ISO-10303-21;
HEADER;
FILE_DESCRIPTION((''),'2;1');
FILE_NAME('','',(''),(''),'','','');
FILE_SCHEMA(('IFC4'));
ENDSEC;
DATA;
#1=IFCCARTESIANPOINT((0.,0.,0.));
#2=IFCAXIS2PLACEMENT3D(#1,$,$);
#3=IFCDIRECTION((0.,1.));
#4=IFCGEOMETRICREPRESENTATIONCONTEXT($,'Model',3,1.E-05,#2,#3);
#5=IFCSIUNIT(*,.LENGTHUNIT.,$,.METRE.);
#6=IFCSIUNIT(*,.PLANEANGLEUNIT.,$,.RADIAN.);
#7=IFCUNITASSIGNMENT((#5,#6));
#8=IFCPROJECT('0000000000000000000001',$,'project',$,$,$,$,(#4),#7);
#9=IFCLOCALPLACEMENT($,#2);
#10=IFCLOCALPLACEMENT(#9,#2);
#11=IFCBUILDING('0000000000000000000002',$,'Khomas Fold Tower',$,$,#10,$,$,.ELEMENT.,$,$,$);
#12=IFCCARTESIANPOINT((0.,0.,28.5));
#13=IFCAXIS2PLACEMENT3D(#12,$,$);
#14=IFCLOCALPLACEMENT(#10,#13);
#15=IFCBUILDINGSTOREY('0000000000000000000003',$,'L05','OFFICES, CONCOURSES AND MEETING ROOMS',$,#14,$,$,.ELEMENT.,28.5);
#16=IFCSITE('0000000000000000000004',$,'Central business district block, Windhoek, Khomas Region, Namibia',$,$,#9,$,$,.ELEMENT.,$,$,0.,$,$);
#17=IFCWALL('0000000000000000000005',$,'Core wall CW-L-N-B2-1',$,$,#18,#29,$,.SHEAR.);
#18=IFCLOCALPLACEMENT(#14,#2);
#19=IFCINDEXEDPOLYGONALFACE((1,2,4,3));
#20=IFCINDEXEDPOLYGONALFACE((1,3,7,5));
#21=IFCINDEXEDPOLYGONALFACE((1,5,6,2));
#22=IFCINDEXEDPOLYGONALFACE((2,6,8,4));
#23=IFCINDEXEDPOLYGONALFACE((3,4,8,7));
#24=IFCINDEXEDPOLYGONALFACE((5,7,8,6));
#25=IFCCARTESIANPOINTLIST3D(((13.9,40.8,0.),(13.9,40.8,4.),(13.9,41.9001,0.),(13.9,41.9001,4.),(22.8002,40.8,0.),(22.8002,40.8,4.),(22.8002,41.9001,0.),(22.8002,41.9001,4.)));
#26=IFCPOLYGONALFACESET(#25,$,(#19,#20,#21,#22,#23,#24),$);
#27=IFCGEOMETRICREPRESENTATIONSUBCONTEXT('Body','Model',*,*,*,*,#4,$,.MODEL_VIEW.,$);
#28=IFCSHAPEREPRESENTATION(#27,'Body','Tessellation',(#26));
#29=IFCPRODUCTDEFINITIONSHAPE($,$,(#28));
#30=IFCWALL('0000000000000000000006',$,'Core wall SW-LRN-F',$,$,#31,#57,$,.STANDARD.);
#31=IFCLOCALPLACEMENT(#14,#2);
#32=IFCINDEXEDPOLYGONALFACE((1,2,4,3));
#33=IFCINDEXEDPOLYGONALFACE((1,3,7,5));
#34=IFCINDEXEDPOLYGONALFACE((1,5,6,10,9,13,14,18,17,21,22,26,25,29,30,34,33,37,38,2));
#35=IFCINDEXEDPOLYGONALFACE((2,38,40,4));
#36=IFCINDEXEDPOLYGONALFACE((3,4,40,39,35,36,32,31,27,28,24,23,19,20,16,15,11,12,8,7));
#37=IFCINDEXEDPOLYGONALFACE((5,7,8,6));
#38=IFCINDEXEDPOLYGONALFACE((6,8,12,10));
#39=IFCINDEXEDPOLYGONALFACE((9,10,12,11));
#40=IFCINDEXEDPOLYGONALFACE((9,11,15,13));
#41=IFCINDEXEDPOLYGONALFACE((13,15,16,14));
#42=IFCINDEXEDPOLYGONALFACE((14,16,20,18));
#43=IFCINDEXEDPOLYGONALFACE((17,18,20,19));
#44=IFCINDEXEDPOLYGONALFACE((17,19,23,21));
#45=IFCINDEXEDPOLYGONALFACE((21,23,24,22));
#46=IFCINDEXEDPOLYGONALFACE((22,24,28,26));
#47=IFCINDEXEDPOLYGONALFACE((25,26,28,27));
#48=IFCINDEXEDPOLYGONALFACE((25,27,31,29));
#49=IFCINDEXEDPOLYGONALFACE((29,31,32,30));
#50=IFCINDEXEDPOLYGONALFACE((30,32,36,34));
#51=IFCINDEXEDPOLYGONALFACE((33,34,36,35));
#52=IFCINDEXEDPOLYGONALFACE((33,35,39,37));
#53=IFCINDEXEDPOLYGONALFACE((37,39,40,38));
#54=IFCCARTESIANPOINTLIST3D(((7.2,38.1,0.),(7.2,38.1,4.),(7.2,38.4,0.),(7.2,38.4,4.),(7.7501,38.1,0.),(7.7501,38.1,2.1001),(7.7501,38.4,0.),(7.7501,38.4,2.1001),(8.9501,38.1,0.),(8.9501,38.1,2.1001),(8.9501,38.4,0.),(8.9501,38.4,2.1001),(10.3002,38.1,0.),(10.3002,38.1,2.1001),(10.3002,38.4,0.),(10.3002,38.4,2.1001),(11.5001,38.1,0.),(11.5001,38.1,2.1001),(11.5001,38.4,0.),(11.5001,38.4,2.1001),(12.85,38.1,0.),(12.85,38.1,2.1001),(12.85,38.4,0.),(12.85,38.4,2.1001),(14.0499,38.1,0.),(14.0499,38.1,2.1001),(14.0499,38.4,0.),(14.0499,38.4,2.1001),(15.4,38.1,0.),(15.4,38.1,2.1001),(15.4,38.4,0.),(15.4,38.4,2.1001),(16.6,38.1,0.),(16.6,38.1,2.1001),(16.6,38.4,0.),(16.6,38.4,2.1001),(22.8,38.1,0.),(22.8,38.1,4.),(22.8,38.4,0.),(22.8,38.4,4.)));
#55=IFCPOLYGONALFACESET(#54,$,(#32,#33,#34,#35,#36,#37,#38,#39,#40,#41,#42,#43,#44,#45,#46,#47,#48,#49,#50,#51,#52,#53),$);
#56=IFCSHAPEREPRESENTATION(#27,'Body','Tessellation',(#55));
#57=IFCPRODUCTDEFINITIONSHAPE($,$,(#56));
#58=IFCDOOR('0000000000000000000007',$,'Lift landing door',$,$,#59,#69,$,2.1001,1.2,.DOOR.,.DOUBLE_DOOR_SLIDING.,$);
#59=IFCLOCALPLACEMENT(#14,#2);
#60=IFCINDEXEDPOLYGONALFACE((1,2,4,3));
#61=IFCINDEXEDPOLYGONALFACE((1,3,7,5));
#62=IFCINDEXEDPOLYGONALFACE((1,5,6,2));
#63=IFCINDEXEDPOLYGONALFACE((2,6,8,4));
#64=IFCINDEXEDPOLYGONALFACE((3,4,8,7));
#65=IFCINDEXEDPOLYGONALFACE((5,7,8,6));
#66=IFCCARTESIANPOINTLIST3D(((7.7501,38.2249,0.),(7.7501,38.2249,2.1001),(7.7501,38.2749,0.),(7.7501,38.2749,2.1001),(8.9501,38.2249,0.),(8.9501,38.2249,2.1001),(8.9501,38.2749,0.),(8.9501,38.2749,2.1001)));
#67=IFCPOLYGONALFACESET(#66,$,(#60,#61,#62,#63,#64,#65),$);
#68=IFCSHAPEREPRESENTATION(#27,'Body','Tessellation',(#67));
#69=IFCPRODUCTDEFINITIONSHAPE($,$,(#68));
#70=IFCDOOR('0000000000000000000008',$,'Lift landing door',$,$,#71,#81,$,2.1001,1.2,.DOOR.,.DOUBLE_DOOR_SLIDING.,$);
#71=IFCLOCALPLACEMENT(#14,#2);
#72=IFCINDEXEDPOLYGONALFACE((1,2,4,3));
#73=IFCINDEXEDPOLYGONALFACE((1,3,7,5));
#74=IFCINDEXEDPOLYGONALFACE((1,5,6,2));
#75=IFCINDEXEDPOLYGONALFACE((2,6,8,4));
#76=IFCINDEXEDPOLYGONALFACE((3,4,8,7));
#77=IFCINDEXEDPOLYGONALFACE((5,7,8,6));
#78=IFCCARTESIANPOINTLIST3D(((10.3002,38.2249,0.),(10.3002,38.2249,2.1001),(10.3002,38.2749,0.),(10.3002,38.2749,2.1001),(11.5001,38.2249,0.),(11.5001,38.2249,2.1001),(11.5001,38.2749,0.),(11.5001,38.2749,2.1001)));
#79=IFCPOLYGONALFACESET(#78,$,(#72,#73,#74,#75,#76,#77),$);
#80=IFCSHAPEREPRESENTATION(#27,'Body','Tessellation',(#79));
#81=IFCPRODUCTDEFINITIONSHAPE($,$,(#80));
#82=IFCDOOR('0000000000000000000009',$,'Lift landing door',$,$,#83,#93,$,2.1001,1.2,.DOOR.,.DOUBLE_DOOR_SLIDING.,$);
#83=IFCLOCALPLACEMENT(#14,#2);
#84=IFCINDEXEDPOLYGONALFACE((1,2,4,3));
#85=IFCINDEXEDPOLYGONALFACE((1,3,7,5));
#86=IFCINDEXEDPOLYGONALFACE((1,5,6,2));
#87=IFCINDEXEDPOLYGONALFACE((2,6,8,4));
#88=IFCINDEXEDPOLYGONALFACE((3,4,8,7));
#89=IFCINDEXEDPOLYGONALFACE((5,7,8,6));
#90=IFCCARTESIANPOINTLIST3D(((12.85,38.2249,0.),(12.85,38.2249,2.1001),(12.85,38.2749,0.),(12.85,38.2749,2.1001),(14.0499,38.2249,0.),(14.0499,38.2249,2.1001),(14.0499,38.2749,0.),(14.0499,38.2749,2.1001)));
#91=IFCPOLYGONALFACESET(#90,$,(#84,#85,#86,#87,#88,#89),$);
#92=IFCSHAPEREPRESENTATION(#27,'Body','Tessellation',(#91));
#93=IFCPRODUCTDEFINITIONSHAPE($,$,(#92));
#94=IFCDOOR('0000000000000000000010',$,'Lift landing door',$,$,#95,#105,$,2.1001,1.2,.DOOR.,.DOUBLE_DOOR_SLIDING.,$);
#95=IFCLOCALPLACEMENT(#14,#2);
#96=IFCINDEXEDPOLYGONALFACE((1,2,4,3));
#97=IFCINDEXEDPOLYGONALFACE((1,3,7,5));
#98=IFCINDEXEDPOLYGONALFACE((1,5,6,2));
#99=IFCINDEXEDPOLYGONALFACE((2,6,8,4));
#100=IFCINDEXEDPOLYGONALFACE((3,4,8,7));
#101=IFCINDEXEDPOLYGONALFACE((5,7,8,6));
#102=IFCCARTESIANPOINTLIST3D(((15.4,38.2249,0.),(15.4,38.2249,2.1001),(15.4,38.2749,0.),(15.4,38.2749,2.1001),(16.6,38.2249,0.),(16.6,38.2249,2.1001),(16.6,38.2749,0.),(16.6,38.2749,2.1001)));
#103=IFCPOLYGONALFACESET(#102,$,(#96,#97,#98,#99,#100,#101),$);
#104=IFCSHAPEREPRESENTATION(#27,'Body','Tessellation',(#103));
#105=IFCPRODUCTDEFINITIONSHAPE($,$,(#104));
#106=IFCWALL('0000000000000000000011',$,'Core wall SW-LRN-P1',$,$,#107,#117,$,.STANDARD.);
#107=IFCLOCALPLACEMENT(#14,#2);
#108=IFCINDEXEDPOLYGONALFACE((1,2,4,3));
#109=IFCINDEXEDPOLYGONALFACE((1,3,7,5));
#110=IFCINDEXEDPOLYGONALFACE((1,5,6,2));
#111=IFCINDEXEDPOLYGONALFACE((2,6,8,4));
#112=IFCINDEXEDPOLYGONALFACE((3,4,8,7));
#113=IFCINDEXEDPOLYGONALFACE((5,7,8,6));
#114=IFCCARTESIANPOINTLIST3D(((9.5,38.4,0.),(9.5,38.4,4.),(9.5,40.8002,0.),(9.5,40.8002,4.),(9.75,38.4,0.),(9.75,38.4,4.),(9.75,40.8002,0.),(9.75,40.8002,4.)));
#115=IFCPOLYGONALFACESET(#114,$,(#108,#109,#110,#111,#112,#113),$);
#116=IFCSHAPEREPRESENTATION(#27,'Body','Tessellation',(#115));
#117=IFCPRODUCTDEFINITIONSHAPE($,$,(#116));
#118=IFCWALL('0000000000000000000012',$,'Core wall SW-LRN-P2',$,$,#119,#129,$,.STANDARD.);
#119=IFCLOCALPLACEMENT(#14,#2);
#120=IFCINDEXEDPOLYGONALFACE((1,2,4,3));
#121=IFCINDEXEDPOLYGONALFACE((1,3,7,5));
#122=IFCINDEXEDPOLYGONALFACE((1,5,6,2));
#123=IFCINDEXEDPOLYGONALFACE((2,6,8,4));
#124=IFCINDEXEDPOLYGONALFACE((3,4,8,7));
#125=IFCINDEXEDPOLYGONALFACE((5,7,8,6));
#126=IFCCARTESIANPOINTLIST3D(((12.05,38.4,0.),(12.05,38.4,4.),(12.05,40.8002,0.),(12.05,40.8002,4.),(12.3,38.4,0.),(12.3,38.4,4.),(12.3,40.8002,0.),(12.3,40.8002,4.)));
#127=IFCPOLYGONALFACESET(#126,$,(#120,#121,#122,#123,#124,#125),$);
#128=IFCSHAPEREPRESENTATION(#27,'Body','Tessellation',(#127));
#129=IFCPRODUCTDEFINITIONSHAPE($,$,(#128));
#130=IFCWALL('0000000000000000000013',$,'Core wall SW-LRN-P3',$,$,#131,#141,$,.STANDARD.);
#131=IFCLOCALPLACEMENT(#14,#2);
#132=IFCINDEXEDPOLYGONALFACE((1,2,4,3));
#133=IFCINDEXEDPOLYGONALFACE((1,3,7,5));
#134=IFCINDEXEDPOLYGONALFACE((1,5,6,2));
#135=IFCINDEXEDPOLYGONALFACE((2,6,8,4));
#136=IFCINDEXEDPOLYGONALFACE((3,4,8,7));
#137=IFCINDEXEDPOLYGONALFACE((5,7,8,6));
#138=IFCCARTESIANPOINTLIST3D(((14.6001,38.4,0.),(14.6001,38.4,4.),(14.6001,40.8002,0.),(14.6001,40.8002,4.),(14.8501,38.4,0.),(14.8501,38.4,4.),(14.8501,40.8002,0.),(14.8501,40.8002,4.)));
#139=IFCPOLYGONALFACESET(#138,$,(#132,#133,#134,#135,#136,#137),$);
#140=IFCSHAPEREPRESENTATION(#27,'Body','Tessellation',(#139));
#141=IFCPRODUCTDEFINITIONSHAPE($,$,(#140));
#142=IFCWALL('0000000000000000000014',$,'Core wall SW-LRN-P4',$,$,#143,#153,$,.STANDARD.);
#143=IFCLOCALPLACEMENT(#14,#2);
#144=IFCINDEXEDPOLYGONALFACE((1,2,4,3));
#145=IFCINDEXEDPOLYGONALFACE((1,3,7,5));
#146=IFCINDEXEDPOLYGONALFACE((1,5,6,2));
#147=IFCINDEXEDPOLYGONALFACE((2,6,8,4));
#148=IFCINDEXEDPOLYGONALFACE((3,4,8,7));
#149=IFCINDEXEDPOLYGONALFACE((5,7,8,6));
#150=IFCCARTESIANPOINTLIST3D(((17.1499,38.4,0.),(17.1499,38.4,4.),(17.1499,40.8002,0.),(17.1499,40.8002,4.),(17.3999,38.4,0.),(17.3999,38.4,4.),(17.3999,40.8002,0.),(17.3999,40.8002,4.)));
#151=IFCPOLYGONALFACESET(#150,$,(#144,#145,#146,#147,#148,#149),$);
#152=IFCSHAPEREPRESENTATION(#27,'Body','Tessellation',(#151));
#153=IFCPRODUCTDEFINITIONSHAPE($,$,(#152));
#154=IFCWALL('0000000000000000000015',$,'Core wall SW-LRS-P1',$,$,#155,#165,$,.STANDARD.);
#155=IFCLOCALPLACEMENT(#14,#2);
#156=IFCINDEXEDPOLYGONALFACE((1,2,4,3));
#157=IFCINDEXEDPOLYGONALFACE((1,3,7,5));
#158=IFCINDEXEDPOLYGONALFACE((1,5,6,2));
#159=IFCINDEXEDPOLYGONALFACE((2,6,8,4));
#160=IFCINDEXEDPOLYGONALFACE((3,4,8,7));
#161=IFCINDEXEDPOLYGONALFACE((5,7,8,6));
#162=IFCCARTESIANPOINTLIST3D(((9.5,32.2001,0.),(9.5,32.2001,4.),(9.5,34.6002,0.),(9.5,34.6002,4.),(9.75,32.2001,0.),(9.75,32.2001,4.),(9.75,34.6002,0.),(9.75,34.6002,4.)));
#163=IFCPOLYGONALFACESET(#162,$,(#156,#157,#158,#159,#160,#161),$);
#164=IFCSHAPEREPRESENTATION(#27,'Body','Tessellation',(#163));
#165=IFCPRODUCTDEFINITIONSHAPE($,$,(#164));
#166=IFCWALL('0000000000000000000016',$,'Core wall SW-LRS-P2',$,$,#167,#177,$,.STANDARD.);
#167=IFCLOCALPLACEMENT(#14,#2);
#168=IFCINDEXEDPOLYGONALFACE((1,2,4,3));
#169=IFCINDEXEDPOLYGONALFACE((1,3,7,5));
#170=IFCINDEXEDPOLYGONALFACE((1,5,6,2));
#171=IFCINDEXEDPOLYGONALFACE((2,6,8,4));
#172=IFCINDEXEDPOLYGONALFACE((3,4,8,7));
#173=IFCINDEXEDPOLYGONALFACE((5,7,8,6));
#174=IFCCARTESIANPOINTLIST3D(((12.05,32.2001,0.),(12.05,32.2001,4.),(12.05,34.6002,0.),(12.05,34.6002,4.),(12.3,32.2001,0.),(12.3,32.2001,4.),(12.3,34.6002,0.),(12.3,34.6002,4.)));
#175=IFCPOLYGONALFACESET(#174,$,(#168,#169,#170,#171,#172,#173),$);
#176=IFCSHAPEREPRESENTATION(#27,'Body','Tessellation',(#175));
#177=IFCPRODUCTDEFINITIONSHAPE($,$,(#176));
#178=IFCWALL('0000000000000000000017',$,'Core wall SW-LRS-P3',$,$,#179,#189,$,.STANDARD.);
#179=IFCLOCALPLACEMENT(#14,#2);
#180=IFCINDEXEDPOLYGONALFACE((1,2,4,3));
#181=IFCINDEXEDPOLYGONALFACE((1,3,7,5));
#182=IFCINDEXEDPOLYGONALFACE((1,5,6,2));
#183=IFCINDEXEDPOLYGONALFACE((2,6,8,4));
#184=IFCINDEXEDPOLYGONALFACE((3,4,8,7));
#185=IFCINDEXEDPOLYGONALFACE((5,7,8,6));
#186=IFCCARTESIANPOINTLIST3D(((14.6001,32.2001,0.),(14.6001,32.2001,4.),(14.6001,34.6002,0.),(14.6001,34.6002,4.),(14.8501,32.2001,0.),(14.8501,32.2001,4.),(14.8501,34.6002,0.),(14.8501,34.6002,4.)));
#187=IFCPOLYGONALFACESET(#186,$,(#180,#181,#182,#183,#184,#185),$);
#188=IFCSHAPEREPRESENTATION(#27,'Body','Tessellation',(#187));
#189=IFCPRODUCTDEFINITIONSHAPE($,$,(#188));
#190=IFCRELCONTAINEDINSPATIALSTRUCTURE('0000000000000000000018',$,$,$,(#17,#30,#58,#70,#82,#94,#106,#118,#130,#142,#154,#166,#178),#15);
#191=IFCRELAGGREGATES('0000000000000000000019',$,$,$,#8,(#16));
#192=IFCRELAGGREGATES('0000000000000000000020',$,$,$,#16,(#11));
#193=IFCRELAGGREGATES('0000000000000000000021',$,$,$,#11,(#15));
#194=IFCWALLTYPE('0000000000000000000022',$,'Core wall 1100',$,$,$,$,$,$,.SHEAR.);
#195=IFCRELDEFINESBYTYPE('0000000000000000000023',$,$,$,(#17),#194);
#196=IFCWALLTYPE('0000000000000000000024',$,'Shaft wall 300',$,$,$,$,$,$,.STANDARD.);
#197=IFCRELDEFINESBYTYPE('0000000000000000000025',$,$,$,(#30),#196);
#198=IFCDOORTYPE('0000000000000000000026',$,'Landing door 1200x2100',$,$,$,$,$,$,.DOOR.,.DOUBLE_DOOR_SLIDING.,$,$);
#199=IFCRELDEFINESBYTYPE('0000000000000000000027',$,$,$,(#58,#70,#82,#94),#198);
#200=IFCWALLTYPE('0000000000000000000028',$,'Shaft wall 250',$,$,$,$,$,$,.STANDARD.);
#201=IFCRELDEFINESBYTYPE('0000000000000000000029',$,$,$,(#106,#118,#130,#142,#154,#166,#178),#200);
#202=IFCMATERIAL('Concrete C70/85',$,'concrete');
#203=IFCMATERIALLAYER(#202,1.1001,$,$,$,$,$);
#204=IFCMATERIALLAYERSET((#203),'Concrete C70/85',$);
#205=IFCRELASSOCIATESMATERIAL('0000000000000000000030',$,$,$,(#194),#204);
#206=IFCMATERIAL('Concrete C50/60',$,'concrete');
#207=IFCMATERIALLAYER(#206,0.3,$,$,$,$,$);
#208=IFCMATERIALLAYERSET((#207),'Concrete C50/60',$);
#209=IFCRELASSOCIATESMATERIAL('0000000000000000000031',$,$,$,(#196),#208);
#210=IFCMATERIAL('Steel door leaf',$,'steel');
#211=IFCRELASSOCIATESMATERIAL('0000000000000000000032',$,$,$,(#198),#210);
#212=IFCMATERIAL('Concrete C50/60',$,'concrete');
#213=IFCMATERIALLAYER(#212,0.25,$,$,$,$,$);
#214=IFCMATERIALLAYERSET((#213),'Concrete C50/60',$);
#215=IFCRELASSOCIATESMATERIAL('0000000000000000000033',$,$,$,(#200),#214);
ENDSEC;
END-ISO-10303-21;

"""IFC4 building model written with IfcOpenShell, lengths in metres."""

from ifc_helpers import new_model, si_unit, direction, frame, frame_2d, origin, place, context, subcontext, project, spatial, rectangle, extrude, source, transform, mapped, material, layer, layer_set, type_object, element, fill, save


model = new_model("IFC4")

# Units and contexts
model_context = context("Model", 3, precision=1e-05, world=origin(), true_north=direction((0.0, 1.0)))
body_context = subcontext(model_context, "Body", "Model", "MODEL_VIEW")
ifc_project = project(units=[si_unit("LENGTHUNIT", "METRE"), si_unit("PLANEANGLEUNIT", "RADIAN")], contexts=[model_context])

# Site, building, storey
site_placement = place(None, origin())
site = spatial("IfcSite", under=ifc_project, at=site_placement, Name="Central business district block, Windhoek, Khomas Region, Namibia", CompositionType="ELEMENT", RefElevation=0.0)
building_placement = place(site_placement, origin())
building = spatial("IfcBuilding", under=site, at=building_placement, Name="Khomas Fold Tower", CompositionType="ELEMENT")
storey_placement = place(building_placement, frame((0.0, 0.0, 28.5)))
storey = spatial("IfcBuildingStorey", under=building, at=storey_placement, Name="L05", Description="OFFICES, CONCOURSES AND MEETING ROOMS", CompositionType="ELEMENT", Elevation=28.5)

# Wall
ifc_material_1 = material(Name="Concrete C70/85", Category="concrete")
ifc_layer_1 = layer(ifc_material_1, 1.1001)
ifc_layer_set_1 = layer_set([ifc_layer_1], Name="Concrete C70/85")
wall_type_1 = type_object("IfcWallType", Name="Core wall 1100", PredefinedType="SHEAR", material=ifc_layer_set_1)
shared_shape_1 = source(origin(), body_context, "Body", "SweptSolid", [
    extrude(rectangle(XDim=8.9001, YDim=1.1001, at=frame_2d((4.4502, 0.0))), origin(), (0.0, 0.0, 1.0), 4.0),
])
wall_1_placement = place(storey_placement, frame((13.8999, 41.3501, 0.0), z_axis=(0.0, 0.0, 1.0), x_axis=(1.0, 0.0, 0.0)))
element("IfcWall", 1, at=wall_1_placement, inside=storey, type_object=wall_type_1, Name="Core wall CW-L-N-B2-1", PredefinedType="SHEAR", context=body_context, shape_type="MappedRepresentation", body=[
    mapped(shared_shape_1, transform((0.0, 0.0, 0.0))),
])

# Wall, openings, doors
ifc_material_2 = material(Name="Concrete C50/60", Category="concrete")
ifc_layer_2 = layer(ifc_material_2, 0.3)
ifc_layer_set_2 = layer_set([ifc_layer_2], Name="Concrete C50/60")
wall_type_2 = type_object("IfcWallType", Name="Shaft wall 300", PredefinedType="STANDARD", material=ifc_layer_set_2)
shared_shape_2 = source(origin(), body_context, "Body", "SweptSolid", [
    extrude(rectangle(XDim=15.6001, YDim=0.3, at=frame_2d((7.8, 0.0))), origin(), (0.0, 0.0, 1.0), 4.0),
])
wall_2_placement = place(storey_placement, frame((7.2, 38.25, 0.0), z_axis=(0.0, 0.0, 1.0), x_axis=(1.0, 0.0, 0.0)))
wall_2 = element("IfcWall", 2, at=wall_2_placement, inside=storey, type_object=wall_type_2, Name="Core wall SW-LRN-F", PredefinedType="STANDARD", context=body_context, shape_type="MappedRepresentation", body=[
    mapped(shared_shape_2, transform((0.0, 0.0, 0.0))),
])
shared_shape_3 = source(origin(), body_context, "Body", "SweptSolid", [
    extrude(rectangle(XDim=1.2, YDim=2.1001, at=frame_2d((0.6001, 1.05))), frame((0.0, 0.1599, 0.0), z_axis=(0.0, -1.0, 0.0), x_axis=(1.0, 0.0, 0.0)), (0.0, 0.0, 1.0), 0.3201),
])
opening_1_placement = place(wall_2_placement, frame((0.55, 0.0, 0.0)))
opening_1 = element("IfcOpeningElement", 3, at=opening_1_placement, cuts=wall_2, PredefinedType="OPENING", context=body_context, shape_type="MappedRepresentation", body=[
    mapped(shared_shape_3, transform((0.0, 0.0, 0.0))),
])
opening_2_placement = place(wall_2_placement, frame((3.1001, 0.0, 0.0)))
opening_2 = element("IfcOpeningElement", 4, at=opening_2_placement, cuts=wall_2, PredefinedType="OPENING", context=body_context, shape_type="MappedRepresentation", body=[
    mapped(shared_shape_3, transform((0.0, 0.0, 0.0))),
])
opening_3_placement = place(wall_2_placement, frame((5.6499, 0.0, 0.0)))
opening_3 = element("IfcOpeningElement", 5, at=opening_3_placement, cuts=wall_2, PredefinedType="OPENING", context=body_context, shape_type="MappedRepresentation", body=[
    mapped(shared_shape_3, transform((0.0, 0.0, 0.0))),
])
opening_4_placement = place(wall_2_placement, frame((8.2, 0.0, 0.0)))
opening_4 = element("IfcOpeningElement", 6, at=opening_4_placement, cuts=wall_2, PredefinedType="OPENING", context=body_context, shape_type="MappedRepresentation", body=[
    mapped(shared_shape_3, transform((0.0, 0.0, 0.0))),
])
ifc_material_3 = material(Name="Steel door leaf", Category="steel")
door_type_1 = type_object("IfcDoorType", Name="Landing door 1200x2100", OperationType="DOUBLE_DOOR_SLIDING", PredefinedType="DOOR", material=ifc_material_3)
shared_shape_4 = source(origin(), body_context, "Body", "SweptSolid", [
    extrude(rectangle(XDim=1.2, YDim=2.1001, at=frame_2d((0.6001, 1.05))), frame((0.0, 0.0249, 0.0), z_axis=(0.0, -1.0, 0.0), x_axis=(1.0, 0.0, 0.0)), (0.0, 0.0, 1.0), 0.05),
])
door_1_placement = place(opening_1_placement, origin())
door_1 = element("IfcDoor", 7, at=door_1_placement, inside=storey, type_object=door_type_1, Name="Lift landing door", OperationType="DOUBLE_DOOR_SLIDING", OverallHeight=2.1001, OverallWidth=1.2, PredefinedType="DOOR", context=body_context, shape_type="MappedRepresentation", body=[
    mapped(shared_shape_4, transform((0.0, 0.0, 0.0))),
])
fill(opening_1, door_1)
door_2_placement = place(opening_2_placement, origin())
door_2 = element("IfcDoor", 8, at=door_2_placement, inside=storey, type_object=door_type_1, Name="Lift landing door", OperationType="DOUBLE_DOOR_SLIDING", OverallHeight=2.1001, OverallWidth=1.2, PredefinedType="DOOR", context=body_context, shape_type="MappedRepresentation", body=[
    mapped(shared_shape_4, transform((0.0, 0.0, 0.0))),
])
fill(opening_2, door_2)
door_3_placement = place(opening_3_placement, origin())
door_3 = element("IfcDoor", 9, at=door_3_placement, inside=storey, type_object=door_type_1, Name="Lift landing door", OperationType="DOUBLE_DOOR_SLIDING", OverallHeight=2.1001, OverallWidth=1.2, PredefinedType="DOOR", context=body_context, shape_type="MappedRepresentation", body=[
    mapped(shared_shape_4, transform((0.0, 0.0, 0.0))),
])
fill(opening_3, door_3)
door_4_placement = place(opening_4_placement, origin())
door_4 = element("IfcDoor", 10, at=door_4_placement, inside=storey, type_object=door_type_1, Name="Lift landing door", OperationType="DOUBLE_DOOR_SLIDING", OverallHeight=2.1001, OverallWidth=1.2, PredefinedType="DOOR", context=body_context, shape_type="MappedRepresentation", body=[
    mapped(shared_shape_4, transform((0.0, 0.0, 0.0))),
])
fill(opening_4, door_4)

# Walls
ifc_material_4 = material(Name="Concrete C50/60", Category="concrete")
ifc_layer_3 = layer(ifc_material_4, 0.25)
ifc_layer_set_3 = layer_set([ifc_layer_3], Name="Concrete C50/60")
wall_type_3 = type_object("IfcWallType", Name="Shaft wall 250", PredefinedType="STANDARD", material=ifc_layer_set_3)
shared_shape_5 = source(origin(), body_context, "Body", "SweptSolid", [
    extrude(rectangle(XDim=2.4001, YDim=0.25, at=frame_2d((1.2002, 0.0))), origin(), (0.0, 0.0, 1.0), 4.0),
])
for number, where, z_axis, x_axis, name in (
    (11, (9.625, 38.3999, 0.0), (0.0, 0.0, 1.0), (0.0, 1.0, 0.0), "Core wall SW-LRN-P1"),
    (12, (12.175, 38.3999, 0.0), (0.0, 0.0, 1.0), (0.0, 1.0, 0.0), "Core wall SW-LRN-P2"),
    (13, (14.7251, 38.3999, 0.0), (0.0, 0.0, 1.0), (0.0, 1.0, 0.0), "Core wall SW-LRN-P3"),
    (14, (17.2749, 38.3999, 0.0), (0.0, 0.0, 1.0), (0.0, 1.0, 0.0), "Core wall SW-LRN-P4"),
    (15, (9.625, 32.2, 0.0), (0.0, 0.0, 1.0), (0.0, 1.0, 0.0), "Core wall SW-LRS-P1"),
    (16, (12.175, 32.2, 0.0), (0.0, 0.0, 1.0), (0.0, 1.0, 0.0), "Core wall SW-LRS-P2"),
    (17, (14.7251, 32.2, 0.0), (0.0, 0.0, 1.0), (0.0, 1.0, 0.0), "Core wall SW-LRS-P3"),
):
    element("IfcWall", number, at=place(storey_placement, frame(where, z_axis=z_axis, x_axis=x_axis)), inside=storey, type_object=wall_type_3, Name=name, PredefinedType="STANDARD", context=body_context, shape_type="MappedRepresentation", body=[
        mapped(shared_shape_5, transform((0.0, 0.0, 0.0))),
    ])

save(model, "model.ifc")
